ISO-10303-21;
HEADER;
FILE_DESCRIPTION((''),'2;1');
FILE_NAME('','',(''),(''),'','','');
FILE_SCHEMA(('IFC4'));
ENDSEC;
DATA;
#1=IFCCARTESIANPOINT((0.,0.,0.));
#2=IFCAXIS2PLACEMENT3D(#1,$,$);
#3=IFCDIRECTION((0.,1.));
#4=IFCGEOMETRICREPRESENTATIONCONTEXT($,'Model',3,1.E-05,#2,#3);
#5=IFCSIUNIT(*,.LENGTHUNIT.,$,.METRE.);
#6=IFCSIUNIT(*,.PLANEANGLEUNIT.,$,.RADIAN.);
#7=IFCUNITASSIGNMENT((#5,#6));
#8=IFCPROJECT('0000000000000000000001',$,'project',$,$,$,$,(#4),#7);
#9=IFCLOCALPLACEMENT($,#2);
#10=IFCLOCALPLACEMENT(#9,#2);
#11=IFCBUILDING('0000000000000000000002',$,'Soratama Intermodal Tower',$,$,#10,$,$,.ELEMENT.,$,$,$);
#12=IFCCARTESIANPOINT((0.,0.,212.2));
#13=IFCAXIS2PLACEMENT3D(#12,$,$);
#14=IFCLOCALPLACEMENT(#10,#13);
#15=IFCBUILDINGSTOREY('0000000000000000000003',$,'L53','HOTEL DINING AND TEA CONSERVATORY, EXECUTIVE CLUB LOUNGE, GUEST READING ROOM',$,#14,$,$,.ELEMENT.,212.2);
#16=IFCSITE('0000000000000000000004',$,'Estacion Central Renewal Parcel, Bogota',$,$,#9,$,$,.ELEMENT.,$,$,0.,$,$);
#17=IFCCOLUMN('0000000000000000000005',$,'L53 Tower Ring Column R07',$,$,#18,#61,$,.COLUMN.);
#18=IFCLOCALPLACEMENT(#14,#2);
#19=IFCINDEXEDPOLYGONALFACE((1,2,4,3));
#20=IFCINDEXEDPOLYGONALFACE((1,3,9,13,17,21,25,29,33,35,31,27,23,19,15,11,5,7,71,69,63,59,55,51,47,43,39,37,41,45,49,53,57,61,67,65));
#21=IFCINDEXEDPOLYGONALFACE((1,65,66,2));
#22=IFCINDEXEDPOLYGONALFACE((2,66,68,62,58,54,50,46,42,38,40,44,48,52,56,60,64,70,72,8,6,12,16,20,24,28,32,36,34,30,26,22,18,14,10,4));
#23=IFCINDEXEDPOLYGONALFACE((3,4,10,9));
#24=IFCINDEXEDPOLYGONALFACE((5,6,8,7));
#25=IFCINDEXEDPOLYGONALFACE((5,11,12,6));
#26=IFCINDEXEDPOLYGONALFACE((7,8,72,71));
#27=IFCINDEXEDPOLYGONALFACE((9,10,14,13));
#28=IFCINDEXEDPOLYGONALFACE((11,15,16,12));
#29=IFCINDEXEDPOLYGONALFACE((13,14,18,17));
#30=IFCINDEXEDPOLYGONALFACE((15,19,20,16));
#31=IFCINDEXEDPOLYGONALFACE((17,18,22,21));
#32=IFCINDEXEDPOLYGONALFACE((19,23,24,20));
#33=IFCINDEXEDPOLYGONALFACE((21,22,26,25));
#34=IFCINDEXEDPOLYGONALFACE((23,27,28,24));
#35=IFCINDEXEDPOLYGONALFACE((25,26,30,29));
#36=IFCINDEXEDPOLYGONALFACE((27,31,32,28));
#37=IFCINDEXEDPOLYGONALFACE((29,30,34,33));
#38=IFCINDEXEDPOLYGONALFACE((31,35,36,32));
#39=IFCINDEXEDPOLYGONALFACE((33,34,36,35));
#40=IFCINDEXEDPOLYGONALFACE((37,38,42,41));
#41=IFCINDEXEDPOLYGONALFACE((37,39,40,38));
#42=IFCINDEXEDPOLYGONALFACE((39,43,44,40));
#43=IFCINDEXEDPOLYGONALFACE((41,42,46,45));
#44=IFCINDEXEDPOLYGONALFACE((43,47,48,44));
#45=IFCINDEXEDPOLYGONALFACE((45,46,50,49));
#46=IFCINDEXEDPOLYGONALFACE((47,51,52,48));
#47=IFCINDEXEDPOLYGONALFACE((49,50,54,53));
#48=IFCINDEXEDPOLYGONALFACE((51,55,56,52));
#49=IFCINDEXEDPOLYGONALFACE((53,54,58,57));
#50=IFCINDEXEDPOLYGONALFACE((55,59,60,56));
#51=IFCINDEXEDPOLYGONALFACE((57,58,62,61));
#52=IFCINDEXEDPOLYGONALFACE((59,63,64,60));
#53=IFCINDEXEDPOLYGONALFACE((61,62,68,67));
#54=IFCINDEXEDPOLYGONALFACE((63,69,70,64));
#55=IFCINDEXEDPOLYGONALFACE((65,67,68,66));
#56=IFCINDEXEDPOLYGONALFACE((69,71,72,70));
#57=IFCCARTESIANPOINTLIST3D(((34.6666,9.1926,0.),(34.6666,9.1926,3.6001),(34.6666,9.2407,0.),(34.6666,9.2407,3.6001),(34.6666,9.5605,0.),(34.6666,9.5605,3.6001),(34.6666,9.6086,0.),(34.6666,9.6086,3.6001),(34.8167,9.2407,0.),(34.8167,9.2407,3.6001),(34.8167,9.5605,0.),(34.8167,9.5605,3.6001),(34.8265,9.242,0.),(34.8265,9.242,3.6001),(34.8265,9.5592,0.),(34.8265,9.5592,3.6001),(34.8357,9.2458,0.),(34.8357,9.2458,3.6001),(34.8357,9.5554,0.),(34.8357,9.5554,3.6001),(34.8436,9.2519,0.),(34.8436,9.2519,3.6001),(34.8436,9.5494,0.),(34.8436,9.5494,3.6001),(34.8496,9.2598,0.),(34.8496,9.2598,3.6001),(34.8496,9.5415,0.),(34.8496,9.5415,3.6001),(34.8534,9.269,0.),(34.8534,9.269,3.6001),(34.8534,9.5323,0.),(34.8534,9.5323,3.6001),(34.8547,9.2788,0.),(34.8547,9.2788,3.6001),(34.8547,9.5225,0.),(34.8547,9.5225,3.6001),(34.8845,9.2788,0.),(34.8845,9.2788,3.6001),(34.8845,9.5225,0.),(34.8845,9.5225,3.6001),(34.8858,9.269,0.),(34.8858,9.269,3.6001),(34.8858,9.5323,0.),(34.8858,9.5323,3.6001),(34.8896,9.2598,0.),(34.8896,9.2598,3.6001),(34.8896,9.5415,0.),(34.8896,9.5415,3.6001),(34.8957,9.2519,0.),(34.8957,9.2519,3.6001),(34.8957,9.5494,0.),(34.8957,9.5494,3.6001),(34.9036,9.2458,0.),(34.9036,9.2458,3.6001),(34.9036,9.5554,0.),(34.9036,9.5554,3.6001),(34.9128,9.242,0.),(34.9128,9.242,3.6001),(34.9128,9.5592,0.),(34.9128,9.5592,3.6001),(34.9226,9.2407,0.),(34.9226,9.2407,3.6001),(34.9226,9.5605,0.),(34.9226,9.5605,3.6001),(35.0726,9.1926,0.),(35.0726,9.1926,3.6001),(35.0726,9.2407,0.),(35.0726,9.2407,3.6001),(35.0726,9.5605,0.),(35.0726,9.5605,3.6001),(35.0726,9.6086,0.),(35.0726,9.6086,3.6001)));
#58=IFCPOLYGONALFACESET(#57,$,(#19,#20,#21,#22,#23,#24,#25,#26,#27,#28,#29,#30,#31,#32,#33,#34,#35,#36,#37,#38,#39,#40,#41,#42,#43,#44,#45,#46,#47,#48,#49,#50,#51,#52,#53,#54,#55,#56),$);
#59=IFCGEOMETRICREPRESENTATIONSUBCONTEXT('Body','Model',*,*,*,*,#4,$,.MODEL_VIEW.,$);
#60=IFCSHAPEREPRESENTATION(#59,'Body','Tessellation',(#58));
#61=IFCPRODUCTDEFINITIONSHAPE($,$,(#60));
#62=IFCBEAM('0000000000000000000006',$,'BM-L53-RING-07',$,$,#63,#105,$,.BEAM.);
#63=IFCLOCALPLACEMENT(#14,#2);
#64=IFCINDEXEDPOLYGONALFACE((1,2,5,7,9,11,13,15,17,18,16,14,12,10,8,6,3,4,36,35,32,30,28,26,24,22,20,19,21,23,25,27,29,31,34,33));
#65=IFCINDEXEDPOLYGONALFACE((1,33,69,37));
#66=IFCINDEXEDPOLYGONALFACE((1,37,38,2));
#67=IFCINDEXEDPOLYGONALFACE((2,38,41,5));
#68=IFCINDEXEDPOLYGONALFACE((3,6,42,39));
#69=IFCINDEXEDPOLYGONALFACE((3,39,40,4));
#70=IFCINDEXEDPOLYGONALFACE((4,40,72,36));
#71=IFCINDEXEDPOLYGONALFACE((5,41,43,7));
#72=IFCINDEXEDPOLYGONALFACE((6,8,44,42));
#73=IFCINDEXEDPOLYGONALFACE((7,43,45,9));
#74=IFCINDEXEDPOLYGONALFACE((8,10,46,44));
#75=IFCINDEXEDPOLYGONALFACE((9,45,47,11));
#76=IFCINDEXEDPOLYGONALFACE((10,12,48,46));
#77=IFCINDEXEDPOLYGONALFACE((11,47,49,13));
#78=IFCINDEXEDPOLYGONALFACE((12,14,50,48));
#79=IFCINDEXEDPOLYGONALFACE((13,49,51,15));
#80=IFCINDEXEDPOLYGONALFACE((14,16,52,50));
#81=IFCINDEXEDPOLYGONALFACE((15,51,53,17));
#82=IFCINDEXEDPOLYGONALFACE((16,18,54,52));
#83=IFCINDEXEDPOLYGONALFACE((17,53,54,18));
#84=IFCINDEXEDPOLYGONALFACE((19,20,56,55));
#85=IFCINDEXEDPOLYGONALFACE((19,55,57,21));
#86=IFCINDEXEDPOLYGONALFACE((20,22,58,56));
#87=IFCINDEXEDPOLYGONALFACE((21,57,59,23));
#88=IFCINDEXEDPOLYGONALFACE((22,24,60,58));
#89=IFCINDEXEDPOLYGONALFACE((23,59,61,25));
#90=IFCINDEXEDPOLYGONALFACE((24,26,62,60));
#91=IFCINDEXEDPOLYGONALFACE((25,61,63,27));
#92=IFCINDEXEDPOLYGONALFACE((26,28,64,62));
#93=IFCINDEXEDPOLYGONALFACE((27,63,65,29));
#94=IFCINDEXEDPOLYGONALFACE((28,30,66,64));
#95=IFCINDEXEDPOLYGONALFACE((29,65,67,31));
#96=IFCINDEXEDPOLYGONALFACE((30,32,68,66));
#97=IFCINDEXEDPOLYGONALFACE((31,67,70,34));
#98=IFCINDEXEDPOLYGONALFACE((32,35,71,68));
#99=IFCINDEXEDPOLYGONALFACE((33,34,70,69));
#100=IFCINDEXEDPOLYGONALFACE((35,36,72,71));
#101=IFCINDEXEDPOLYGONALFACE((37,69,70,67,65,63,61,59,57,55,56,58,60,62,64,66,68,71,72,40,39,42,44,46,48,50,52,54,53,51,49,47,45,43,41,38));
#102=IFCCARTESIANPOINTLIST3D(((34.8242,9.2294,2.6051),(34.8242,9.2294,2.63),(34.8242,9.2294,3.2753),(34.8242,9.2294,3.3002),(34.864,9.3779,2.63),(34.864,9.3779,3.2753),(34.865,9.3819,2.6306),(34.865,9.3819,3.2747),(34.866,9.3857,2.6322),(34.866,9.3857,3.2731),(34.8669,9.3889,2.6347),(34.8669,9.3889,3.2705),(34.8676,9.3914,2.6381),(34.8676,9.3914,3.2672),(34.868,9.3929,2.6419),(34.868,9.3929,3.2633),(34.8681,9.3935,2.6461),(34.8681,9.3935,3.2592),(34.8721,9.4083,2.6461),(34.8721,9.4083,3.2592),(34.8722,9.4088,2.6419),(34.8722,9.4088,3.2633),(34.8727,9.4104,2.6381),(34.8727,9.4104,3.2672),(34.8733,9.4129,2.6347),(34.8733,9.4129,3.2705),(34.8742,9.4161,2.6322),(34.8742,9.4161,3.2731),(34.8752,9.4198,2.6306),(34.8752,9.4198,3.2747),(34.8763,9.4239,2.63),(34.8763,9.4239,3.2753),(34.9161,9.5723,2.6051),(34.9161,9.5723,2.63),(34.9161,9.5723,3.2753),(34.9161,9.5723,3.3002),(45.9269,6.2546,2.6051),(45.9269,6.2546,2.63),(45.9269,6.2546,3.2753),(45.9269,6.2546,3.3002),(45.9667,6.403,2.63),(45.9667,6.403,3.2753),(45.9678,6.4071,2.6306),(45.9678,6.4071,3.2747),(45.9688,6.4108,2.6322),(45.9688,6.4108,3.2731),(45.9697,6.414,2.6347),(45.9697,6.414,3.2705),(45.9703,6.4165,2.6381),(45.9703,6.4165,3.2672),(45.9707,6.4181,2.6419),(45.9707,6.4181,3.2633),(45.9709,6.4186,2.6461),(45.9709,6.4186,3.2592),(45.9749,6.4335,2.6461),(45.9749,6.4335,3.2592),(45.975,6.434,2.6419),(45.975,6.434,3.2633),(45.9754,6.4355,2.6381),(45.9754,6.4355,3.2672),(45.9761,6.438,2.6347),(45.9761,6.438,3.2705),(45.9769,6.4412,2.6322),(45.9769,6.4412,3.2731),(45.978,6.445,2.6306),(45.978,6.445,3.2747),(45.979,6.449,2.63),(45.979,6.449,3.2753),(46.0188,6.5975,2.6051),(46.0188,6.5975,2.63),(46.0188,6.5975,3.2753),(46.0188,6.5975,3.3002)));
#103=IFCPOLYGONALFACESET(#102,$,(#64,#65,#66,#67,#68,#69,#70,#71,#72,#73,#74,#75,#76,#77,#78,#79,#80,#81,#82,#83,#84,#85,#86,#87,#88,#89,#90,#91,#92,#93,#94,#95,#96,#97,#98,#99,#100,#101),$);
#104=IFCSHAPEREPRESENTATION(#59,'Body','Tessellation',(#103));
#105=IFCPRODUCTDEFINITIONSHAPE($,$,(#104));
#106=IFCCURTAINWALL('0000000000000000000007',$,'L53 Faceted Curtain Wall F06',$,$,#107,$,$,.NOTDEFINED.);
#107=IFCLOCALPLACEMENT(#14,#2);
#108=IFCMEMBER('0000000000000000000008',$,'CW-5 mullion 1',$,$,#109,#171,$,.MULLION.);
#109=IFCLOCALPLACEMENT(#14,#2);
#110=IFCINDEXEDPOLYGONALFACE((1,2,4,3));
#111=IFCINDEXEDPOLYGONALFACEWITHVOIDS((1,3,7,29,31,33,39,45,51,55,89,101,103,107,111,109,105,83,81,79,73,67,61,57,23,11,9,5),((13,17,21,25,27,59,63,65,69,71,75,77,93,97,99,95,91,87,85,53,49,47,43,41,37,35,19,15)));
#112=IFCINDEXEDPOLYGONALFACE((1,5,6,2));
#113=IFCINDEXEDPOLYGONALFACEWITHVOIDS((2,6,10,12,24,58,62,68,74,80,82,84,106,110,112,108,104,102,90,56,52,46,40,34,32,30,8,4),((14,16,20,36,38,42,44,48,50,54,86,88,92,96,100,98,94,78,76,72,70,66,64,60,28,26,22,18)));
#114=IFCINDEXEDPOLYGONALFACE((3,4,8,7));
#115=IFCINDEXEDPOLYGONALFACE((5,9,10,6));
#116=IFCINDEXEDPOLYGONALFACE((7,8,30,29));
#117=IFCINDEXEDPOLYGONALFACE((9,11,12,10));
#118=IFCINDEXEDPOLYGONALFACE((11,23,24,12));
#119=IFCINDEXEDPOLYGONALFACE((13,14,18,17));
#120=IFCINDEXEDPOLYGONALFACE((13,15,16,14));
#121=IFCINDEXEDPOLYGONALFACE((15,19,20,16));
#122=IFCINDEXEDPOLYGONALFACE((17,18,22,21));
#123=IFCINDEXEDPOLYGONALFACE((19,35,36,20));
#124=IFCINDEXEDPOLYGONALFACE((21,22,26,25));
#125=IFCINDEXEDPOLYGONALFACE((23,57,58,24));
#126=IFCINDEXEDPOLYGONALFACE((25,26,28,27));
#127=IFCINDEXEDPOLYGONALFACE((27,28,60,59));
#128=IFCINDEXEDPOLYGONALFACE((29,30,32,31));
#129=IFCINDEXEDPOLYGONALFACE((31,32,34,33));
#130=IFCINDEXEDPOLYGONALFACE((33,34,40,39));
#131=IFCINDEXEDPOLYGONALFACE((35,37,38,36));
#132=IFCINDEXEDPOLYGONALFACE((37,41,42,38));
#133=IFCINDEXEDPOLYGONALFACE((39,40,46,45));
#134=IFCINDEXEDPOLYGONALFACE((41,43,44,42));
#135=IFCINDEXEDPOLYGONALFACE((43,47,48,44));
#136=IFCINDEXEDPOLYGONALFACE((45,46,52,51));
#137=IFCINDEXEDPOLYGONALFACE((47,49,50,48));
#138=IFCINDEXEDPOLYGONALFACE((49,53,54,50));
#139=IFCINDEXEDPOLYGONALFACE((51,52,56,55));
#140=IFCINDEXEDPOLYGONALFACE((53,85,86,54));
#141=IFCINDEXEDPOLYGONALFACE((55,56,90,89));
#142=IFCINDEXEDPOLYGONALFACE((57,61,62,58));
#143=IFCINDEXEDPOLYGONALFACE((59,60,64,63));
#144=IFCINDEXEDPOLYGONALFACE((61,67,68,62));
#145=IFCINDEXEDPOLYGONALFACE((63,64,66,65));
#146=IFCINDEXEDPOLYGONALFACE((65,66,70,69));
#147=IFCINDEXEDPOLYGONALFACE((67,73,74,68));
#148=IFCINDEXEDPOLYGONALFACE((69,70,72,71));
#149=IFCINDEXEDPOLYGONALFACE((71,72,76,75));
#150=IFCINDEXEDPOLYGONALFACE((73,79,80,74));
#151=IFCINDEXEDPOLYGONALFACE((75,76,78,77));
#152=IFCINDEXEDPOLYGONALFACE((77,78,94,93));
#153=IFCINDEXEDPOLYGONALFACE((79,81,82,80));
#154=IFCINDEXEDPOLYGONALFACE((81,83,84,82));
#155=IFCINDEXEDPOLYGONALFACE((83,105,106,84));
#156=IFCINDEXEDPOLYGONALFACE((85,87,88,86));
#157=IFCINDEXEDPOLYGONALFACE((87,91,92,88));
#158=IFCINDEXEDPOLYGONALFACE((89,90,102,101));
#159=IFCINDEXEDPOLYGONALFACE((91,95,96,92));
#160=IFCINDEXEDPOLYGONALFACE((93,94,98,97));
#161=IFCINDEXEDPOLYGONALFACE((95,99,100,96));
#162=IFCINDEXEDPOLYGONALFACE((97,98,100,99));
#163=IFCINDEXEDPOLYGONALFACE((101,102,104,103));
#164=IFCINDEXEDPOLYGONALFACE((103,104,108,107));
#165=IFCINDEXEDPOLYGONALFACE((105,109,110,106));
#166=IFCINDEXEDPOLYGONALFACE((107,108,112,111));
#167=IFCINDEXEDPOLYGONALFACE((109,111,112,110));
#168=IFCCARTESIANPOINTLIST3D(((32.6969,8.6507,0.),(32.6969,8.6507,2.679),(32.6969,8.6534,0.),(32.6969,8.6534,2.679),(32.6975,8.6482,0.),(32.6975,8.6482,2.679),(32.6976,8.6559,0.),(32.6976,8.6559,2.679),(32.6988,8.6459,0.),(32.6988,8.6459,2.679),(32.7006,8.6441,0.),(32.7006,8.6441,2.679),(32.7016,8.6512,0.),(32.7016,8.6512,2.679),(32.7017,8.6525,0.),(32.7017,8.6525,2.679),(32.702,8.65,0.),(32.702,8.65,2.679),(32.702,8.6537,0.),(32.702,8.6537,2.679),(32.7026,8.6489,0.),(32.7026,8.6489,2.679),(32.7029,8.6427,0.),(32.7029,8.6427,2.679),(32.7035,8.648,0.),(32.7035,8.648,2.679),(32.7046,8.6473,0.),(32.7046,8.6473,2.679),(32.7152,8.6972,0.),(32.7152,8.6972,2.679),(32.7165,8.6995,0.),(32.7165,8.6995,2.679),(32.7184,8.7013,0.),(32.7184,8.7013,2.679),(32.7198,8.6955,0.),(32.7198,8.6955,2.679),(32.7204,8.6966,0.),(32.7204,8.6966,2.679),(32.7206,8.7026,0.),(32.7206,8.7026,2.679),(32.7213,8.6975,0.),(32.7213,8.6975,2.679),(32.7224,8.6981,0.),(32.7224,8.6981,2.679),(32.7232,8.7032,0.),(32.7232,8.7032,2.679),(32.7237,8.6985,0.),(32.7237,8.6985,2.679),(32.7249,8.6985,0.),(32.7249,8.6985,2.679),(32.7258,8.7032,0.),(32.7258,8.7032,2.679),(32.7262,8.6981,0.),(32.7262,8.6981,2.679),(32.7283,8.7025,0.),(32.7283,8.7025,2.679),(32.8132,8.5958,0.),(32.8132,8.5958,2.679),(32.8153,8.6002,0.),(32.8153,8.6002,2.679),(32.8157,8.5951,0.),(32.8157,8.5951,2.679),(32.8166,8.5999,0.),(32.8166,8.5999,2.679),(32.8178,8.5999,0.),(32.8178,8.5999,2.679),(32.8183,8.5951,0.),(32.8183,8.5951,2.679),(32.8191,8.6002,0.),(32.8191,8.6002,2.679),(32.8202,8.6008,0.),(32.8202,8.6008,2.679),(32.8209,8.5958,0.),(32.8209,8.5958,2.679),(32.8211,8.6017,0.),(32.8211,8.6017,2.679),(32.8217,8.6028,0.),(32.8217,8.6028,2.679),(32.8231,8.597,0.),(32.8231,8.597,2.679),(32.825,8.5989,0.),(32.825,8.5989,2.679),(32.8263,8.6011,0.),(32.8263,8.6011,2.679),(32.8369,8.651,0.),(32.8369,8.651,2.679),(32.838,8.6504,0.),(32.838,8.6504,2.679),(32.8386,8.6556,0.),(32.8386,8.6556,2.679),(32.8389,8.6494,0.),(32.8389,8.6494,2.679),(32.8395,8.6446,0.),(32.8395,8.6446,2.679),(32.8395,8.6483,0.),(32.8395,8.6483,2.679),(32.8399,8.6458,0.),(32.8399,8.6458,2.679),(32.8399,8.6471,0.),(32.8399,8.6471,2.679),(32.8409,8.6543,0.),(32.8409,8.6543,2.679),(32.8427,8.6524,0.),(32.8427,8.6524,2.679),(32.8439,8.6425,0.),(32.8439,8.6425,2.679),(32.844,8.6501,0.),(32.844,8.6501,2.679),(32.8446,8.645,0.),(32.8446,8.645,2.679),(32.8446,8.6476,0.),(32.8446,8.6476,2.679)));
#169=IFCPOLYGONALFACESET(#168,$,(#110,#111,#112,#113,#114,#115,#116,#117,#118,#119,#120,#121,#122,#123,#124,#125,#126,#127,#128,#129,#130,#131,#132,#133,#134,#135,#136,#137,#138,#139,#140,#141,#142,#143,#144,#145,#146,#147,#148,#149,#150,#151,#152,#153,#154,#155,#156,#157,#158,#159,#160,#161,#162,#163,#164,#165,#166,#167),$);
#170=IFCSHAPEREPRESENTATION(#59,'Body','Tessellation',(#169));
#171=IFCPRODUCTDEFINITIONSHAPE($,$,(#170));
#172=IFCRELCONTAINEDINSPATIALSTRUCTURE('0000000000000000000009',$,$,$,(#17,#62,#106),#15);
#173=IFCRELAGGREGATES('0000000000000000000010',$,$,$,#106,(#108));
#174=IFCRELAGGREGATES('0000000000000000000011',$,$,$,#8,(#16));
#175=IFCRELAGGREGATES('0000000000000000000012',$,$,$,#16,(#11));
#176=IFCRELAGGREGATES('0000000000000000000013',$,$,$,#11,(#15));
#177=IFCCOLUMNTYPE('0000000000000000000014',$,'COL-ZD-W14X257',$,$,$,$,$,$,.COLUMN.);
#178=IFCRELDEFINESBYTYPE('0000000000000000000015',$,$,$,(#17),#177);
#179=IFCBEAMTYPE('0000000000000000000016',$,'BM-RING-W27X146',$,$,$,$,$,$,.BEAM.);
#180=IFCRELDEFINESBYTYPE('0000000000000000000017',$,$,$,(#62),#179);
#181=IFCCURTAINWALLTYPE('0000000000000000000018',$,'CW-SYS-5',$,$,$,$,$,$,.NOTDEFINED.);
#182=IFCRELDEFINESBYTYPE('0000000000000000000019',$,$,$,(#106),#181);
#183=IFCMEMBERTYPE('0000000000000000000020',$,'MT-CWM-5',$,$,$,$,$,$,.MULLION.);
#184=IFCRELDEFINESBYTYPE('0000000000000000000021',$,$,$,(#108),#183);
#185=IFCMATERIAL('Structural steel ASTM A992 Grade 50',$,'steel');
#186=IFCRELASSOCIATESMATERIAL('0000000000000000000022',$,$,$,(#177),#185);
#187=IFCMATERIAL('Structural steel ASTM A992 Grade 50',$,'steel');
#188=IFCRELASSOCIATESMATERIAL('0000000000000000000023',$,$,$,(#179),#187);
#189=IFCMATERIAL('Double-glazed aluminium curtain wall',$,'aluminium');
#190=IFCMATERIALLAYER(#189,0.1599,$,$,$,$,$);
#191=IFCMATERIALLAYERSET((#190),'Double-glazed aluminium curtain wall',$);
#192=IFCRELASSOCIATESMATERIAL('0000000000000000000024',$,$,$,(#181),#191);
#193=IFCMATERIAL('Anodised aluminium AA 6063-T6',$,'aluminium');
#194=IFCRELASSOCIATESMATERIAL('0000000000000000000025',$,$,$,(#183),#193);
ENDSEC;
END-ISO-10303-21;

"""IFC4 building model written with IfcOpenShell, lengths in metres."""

from ifc_helpers import new_model, si_unit, direction, frame, origin, origin_2d, place, context, subcontext, project, spatial, hollow_rectangle, i_section, extrude, material, layer, layer_set, material_profile, profile_set, type_object, element, aggregate, save


model = new_model("IFC4")

# Units and contexts
model_context = context("Model", 3, precision=1e-05, world=origin(), true_north=direction((0.0, 1.0)))
body_context = subcontext(model_context, "Body", "Model", "MODEL_VIEW")
ifc_project = project(units=[si_unit("LENGTHUNIT", "METRE"), si_unit("PLANEANGLEUNIT", "RADIAN")], contexts=[model_context])

# Site, building, storey
site_placement = place(None, origin())
site = spatial("IfcSite", under=ifc_project, at=site_placement, Name="Estacion Central Renewal Parcel, Bogota", CompositionType="ELEMENT", RefElevation=0.0)
building_placement = place(site_placement, origin())
building = spatial("IfcBuilding", under=site, at=building_placement, Name="Soratama Intermodal Tower", CompositionType="ELEMENT")
storey_placement = place(building_placement, frame((0.0, 0.0, 212.2)))
storey = spatial("IfcBuildingStorey", under=building, at=storey_placement, Name="L53", Description="HOTEL DINING AND TEA CONSERVATORY, EXECUTIVE CLUB LOUNGE, GUEST READING ROOM", CompositionType="ELEMENT", Elevation=212.2)

# Column
ifc_material_1 = material(Name="Structural steel ASTM A992 Grade 50", Category="steel")
ifc_material_profile_1 = material_profile(ifc_material_1, i_section(OverallWidth=0.406, OverallDepth=0.416, WebThickness=0.0298, FlangeThickness=0.0481, FilletRadius=0.0381, at=origin_2d()), Name="W14X257")
ifc_profile_set_1 = profile_set([ifc_material_profile_1], Name="Structural steel ASTM A992 Grade 50")
column_type = type_object("IfcColumnType", Name="COL-ZD-W14X257", PredefinedType="COLUMN", material=ifc_profile_set_1)
column_placement = place(storey_placement, frame((34.8696, 9.4006, 0.0), z_axis=(0.0, 0.0, 1.0), x_axis=(1.0, 0.0, 0.0)))
element("IfcColumn", 1, at=column_placement, inside=storey, type_object=column_type, Name="L53 Tower Ring Column R07", PredefinedType="COLUMN", context=body_context, shape_type="SweptSolid", body=[
    extrude(i_section(OverallWidth=0.406, OverallDepth=0.416, WebThickness=0.0298, FlangeThickness=0.0481, FilletRadius=0.0381, at=origin_2d()), origin(), (0.0, 0.0, 1.0), 3.6001),
])

# Beam
ifc_material_2 = material(Name="Structural steel ASTM A992 Grade 50", Category="steel")
ifc_material_profile_2 = material_profile(ifc_material_2, i_section(OverallWidth=0.355, OverallDepth=0.6951, WebThickness=0.0154, FlangeThickness=0.0249, FilletRadius=0.0161, at=origin_2d()), Name="W27X146")
ifc_profile_set_2 = profile_set([ifc_material_profile_2], Name="Structural steel ASTM A992 Grade 50")
beam_type = type_object("IfcBeamType", Name="BM-RING-W27X146", PredefinedType="BEAM", material=ifc_profile_set_2)
beam_placement = place(storey_placement, frame((34.8701, 9.4009, 2.9526), z_axis=(0.965929, -0.258809, 0.0), x_axis=(0.258809, 0.965929, 0.0)))
element("IfcBeam", 2, at=beam_placement, inside=storey, type_object=beam_type, Name="BM-L53-RING-07", PredefinedType="BEAM", context=body_context, shape_type="SweptSolid", body=[
    extrude(i_section(OverallWidth=0.355, OverallDepth=0.6951, WebThickness=0.0154, FlangeThickness=0.0249, FilletRadius=0.0161, at=origin_2d()), origin(), (0.0, 0.0, 1.0), 11.4944),
])

# Curtain wall, member
ifc_material_3 = material(Name="Double-glazed aluminium curtain wall", Category="aluminium")
ifc_layer_1 = layer(ifc_material_3, 0.1599)
ifc_layer_set_1 = layer_set([ifc_layer_1], Name="Double-glazed aluminium curtain wall")
curtain_wall_type = type_object("IfcCurtainWallType", Name="CW-SYS-5", PredefinedType="NOTDEFINED", material=ifc_layer_set_1)
curtain_wall_placement = place(storey_placement, origin())
curtain_wall = element("IfcCurtainWall", 3, at=curtain_wall_placement, inside=storey, type_object=curtain_wall_type, Name="L53 Faceted Curtain Wall F06", PredefinedType="NOTDEFINED")
ifc_material_4 = material(Name="Anodised aluminium AA 6063-T6", Category="aluminium")
ifc_material_profile_3 = material_profile(ifc_material_4, hollow_rectangle(XDim=0.0649, YDim=0.1399, WallThickness=0.0049, InnerFilletRadius=0.0049, OuterFilletRadius=0.01, at=origin_2d()), Name="CWM140X65X5")
ifc_profile_set_3 = profile_set([ifc_material_profile_3], Name="Anodised aluminium AA 6063-T6")
member_type_1 = type_object("IfcMemberType", Name="MT-CWM-5", PredefinedType="MULLION", material=ifc_profile_set_3)
member_1_placement = place(storey_placement, frame((32.7708, 8.6492, 0.0), z_axis=(0.0, 0.0, 1.0), x_axis=(0.391376, 0.920231, 0.0)))
member_1 = element("IfcMember", 4, at=member_1_placement, type_object=member_type_1, Name="CW-5 mullion 1", PredefinedType="MULLION", context=body_context, shape_type="SweptSolid", body=[
    extrude(hollow_rectangle(XDim=0.0649, YDim=0.1399, WallThickness=0.0049, InnerFilletRadius=0.0049, OuterFilletRadius=0.01, at=origin_2d()), origin(), (0.0, 0.0, 1.0), 2.679),
])
aggregate(curtain_wall, [member_1])

save(model, "model.ifc")
